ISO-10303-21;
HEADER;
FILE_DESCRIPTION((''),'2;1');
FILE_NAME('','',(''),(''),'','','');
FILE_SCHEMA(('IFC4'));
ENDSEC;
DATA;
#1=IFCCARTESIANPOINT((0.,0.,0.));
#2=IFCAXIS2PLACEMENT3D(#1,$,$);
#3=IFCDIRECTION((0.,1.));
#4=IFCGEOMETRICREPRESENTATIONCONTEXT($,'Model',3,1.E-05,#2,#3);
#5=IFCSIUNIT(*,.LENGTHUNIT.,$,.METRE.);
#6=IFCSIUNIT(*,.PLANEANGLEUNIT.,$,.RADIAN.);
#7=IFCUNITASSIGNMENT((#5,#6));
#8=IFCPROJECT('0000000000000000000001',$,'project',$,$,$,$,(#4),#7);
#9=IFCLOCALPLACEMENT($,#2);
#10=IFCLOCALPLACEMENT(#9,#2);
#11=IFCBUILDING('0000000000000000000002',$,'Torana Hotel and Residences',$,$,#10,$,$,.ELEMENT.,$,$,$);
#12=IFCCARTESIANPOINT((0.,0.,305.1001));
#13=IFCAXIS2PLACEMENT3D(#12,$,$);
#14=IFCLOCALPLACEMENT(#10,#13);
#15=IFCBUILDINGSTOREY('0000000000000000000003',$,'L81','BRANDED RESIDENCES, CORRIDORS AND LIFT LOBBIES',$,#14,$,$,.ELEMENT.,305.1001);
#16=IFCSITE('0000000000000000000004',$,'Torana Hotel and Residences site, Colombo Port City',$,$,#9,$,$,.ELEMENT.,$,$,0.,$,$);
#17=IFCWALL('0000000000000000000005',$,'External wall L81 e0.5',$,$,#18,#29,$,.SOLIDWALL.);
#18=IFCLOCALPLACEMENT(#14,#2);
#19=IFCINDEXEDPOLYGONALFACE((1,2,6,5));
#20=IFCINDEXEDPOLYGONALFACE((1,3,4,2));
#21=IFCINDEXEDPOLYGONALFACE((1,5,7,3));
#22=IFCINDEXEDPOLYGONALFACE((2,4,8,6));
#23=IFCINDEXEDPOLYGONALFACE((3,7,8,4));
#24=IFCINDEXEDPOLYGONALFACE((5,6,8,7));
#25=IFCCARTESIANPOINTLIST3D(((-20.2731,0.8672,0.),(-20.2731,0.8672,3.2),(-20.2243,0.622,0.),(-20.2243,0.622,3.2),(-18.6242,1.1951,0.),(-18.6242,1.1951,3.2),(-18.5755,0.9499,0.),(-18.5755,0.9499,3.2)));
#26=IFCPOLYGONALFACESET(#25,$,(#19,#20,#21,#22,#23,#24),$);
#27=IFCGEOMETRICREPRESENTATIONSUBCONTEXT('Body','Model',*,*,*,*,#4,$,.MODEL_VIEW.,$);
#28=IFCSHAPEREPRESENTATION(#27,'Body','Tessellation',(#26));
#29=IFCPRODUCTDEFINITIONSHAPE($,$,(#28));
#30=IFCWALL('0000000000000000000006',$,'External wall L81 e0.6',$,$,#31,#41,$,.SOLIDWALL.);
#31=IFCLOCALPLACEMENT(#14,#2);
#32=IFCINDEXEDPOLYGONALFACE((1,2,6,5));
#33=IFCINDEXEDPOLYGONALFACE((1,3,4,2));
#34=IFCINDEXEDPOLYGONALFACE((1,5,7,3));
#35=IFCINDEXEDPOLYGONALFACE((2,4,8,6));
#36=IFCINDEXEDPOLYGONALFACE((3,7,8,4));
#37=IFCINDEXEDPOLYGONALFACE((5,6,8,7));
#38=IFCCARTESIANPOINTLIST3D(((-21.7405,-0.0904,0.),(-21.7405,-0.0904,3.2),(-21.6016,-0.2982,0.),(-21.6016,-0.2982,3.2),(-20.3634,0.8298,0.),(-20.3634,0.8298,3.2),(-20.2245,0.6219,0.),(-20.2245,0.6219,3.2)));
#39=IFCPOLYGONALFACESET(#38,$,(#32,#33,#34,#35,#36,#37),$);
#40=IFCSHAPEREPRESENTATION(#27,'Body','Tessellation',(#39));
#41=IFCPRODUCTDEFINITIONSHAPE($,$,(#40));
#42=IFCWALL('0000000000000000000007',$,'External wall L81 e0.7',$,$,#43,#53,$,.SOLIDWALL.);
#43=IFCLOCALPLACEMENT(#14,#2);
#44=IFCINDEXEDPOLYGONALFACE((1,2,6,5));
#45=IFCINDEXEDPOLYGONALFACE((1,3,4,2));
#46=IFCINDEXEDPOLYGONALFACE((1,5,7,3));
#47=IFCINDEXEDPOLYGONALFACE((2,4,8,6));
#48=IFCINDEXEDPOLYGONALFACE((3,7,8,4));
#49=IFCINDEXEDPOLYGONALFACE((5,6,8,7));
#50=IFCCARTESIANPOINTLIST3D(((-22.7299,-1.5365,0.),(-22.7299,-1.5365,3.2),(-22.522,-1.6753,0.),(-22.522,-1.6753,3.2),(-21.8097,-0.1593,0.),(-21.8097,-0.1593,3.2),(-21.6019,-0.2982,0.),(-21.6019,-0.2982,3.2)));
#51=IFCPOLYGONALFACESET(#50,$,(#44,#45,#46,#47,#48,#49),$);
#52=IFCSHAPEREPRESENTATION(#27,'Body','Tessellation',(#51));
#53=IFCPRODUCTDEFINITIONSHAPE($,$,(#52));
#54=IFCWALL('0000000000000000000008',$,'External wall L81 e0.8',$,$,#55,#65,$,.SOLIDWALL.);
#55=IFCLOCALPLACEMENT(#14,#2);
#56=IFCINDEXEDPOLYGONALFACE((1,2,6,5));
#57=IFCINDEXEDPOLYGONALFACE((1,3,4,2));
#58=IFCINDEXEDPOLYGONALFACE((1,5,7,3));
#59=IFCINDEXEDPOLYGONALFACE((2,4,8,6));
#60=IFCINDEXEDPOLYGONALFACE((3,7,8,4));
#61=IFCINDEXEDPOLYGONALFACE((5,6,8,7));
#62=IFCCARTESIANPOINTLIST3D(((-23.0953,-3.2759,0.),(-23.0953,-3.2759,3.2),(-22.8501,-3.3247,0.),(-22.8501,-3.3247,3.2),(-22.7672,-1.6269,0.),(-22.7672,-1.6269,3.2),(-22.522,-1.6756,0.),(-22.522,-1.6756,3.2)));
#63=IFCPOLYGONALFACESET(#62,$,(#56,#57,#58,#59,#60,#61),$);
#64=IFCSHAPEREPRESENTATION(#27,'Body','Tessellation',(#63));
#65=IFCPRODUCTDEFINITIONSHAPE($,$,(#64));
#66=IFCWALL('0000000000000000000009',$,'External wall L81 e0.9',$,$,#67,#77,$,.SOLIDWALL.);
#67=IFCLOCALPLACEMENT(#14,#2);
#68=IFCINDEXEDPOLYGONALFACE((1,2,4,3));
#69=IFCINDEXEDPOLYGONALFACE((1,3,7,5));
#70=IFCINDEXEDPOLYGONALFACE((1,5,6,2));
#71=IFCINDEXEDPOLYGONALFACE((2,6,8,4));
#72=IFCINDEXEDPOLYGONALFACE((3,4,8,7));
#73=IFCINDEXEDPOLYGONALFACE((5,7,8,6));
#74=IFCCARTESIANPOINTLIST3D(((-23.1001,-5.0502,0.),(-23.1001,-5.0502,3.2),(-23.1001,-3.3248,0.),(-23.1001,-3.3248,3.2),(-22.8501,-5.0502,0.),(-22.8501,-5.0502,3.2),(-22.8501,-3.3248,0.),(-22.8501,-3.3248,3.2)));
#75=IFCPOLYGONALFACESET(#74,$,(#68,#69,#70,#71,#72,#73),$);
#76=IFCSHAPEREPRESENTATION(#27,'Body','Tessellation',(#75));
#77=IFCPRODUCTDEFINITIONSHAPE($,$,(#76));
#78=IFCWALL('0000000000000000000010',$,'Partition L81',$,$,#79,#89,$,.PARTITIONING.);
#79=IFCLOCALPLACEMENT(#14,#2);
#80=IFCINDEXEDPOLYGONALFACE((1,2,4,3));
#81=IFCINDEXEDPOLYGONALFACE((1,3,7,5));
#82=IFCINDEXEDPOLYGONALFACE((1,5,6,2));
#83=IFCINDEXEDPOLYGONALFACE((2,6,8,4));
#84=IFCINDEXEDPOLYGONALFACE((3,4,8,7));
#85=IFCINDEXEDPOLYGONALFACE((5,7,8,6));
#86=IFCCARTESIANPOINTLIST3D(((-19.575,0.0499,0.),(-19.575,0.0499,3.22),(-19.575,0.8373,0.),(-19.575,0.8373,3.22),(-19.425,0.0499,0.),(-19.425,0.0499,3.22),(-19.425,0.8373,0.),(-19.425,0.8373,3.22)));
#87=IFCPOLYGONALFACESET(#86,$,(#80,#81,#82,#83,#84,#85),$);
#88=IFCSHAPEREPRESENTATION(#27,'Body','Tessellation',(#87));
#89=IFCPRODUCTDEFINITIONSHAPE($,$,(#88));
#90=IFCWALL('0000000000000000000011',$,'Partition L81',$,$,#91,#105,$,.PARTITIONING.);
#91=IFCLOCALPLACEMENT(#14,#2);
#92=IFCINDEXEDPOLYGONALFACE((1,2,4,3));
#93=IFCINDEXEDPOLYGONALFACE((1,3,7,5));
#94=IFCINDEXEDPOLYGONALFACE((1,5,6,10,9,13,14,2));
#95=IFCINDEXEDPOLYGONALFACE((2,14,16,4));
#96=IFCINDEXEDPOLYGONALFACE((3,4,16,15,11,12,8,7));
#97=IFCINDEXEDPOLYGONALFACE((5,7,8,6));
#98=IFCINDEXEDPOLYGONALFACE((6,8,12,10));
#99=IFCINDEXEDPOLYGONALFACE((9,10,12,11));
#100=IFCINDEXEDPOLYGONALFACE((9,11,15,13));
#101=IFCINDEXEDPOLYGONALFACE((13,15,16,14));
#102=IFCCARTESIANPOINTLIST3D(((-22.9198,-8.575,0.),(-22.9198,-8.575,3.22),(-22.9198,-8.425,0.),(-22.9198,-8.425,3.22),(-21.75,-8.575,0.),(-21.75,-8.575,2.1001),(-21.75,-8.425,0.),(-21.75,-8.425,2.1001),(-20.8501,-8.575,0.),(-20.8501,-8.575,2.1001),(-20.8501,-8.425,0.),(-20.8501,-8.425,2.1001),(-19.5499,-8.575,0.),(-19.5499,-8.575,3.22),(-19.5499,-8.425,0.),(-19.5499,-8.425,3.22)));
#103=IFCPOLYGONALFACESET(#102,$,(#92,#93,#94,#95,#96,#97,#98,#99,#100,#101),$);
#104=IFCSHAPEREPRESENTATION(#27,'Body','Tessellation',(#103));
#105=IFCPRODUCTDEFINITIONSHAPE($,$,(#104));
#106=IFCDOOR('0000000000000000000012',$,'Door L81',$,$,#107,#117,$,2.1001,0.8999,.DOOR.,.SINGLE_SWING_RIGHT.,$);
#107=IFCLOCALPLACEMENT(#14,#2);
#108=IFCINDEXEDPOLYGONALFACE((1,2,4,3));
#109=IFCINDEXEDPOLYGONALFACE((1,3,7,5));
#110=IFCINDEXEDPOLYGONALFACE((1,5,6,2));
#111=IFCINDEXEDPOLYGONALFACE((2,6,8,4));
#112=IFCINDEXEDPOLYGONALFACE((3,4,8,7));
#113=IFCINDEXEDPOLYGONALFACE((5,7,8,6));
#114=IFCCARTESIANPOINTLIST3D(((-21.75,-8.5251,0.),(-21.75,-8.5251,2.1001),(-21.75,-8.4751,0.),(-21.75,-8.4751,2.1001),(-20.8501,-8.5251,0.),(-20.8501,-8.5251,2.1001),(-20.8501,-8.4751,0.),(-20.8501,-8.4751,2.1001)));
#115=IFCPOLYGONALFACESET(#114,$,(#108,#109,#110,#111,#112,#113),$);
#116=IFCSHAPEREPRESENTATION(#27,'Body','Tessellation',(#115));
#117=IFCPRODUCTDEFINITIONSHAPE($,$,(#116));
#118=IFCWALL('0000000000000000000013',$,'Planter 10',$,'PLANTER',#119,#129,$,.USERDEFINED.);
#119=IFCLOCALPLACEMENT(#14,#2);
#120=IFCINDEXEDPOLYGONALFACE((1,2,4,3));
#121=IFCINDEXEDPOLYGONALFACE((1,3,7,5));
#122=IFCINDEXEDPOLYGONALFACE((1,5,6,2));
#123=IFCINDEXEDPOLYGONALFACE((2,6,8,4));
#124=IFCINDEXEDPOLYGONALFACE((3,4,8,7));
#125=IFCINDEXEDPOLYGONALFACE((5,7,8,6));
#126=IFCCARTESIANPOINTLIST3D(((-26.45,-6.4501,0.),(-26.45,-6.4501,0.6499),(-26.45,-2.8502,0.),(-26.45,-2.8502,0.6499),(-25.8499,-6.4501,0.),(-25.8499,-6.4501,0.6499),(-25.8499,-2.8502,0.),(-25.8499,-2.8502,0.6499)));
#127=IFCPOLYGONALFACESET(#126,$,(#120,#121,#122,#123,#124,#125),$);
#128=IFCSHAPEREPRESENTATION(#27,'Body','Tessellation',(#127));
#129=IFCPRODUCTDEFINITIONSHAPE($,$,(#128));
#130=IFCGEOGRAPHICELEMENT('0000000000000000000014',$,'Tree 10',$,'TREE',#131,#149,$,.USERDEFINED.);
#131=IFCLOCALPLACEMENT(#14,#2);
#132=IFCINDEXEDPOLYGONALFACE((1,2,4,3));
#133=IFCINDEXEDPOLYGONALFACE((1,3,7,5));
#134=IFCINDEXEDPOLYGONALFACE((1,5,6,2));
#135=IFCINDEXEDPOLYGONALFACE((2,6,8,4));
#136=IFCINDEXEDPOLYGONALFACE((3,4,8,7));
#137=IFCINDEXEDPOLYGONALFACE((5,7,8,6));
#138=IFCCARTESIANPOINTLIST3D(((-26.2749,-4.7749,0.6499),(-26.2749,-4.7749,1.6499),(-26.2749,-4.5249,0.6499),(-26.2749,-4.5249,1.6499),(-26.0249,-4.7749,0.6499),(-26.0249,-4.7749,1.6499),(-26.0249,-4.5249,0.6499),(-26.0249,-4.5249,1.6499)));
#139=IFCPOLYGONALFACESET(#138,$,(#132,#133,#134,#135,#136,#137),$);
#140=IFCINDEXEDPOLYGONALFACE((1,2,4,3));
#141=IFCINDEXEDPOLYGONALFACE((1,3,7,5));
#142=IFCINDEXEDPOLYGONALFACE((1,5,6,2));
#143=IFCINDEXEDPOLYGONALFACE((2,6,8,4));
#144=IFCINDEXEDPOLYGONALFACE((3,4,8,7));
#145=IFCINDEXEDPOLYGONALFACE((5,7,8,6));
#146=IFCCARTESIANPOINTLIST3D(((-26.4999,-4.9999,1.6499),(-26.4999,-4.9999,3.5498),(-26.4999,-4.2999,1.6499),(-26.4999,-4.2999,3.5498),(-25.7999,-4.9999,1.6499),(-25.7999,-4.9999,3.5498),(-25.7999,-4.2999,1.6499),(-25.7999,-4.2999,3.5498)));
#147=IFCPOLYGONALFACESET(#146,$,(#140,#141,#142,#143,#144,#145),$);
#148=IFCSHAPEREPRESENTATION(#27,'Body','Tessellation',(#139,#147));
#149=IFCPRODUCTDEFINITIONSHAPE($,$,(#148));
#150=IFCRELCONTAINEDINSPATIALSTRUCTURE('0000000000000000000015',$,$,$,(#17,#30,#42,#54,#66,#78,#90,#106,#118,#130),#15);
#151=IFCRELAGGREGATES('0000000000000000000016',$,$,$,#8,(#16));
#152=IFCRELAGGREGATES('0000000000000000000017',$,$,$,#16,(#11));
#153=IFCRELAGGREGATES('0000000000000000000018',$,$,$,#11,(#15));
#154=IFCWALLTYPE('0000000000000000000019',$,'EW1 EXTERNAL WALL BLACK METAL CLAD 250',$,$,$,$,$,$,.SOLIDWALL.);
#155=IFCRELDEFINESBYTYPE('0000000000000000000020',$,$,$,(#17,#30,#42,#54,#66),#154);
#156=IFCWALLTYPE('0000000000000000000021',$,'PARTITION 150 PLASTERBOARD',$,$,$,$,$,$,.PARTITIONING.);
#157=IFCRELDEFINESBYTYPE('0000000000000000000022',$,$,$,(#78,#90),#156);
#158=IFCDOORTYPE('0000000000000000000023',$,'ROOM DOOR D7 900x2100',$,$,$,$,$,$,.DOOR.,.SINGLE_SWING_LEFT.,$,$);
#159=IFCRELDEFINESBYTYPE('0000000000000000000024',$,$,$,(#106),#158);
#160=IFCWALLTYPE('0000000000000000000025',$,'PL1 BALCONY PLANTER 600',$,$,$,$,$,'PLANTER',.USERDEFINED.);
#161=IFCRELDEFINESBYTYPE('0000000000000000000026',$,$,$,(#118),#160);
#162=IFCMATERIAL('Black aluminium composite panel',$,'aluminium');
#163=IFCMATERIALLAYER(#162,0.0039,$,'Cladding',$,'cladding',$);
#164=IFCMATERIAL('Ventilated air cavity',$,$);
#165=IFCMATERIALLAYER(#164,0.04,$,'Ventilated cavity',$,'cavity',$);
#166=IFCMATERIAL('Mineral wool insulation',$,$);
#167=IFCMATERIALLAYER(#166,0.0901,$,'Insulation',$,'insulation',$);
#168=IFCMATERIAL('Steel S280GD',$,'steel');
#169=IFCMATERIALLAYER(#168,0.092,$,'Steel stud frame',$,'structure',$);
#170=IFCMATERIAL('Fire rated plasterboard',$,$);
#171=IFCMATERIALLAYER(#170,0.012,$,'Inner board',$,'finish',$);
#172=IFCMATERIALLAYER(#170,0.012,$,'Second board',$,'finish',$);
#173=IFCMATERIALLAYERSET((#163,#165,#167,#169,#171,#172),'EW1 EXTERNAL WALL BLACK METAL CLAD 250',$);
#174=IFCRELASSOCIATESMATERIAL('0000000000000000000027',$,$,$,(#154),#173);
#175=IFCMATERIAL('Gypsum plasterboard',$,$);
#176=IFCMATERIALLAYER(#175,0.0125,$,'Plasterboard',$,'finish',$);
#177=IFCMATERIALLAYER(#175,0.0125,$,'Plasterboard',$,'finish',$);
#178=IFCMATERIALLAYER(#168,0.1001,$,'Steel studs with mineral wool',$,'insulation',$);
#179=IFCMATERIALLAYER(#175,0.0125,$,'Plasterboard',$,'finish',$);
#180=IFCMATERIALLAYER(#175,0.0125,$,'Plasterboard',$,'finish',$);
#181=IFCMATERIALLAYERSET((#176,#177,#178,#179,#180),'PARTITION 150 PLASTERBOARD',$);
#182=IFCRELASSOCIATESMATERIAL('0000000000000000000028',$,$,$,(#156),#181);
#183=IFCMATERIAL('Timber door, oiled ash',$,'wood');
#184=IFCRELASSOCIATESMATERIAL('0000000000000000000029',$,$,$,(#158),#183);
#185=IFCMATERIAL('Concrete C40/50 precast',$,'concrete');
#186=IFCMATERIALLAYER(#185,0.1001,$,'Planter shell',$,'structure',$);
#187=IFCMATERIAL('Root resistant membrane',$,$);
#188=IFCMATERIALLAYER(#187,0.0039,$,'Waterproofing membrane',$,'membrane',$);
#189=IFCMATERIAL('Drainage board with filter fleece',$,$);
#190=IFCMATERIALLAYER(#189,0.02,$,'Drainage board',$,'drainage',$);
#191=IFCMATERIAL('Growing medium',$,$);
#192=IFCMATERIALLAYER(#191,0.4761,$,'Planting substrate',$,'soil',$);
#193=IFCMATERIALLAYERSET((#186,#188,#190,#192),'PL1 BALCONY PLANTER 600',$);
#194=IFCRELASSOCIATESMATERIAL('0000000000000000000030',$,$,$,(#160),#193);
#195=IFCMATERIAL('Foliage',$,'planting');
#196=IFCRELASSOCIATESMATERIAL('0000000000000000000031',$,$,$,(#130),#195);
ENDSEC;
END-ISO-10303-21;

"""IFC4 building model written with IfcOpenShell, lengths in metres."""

from ifc_helpers import new_model, si_unit, direction, frame, frame_2d, origin, origin_2d, place, context, subcontext, project, spatial, rectangle, extrude, material, layer, layer_set, type_object, element, fill, save


model = new_model("IFC4")

# Units and contexts
model_context = context("Model", 3, precision=1e-05, world=origin(), true_north=direction((0.0, 1.0)))
body_context = subcontext(model_context, "Body", "Model", "MODEL_VIEW")
ifc_project = project(units=[si_unit("LENGTHUNIT", "METRE"), si_unit("PLANEANGLEUNIT", "RADIAN")], contexts=[model_context])

# Site, building, storey
site_placement = place(None, origin())
site = spatial("IfcSite", under=ifc_project, at=site_placement, Name="Torana Hotel and Residences site, Colombo Port City", CompositionType="ELEMENT", RefElevation=0.0)
building_placement = place(site_placement, origin())
building = spatial("IfcBuilding", under=site, at=building_placement, Name="Torana Hotel and Residences", CompositionType="ELEMENT")
storey_placement = place(building_placement, frame((0.0, 0.0, 305.1001)))
storey = spatial("IfcBuildingStorey", under=building, at=storey_placement, Name="L81", Description="BRANDED RESIDENCES, CORRIDORS AND LIFT LOBBIES", CompositionType="ELEMENT", Elevation=305.1001)

# Walls
ifc_material_1 = material(Name="Black aluminium composite panel", Category="aluminium")
ifc_layer_1 = layer(ifc_material_1, 0.0039, Name="Cladding", Category="cladding")
ifc_material_2 = material(Name="Ventilated air cavity")
ifc_layer_2 = layer(ifc_material_2, 0.04, Name="Ventilated cavity", Category="cavity")
ifc_material_3 = material(Name="Mineral wool insulation")
ifc_layer_3 = layer(ifc_material_3, 0.0901, Name="Insulation", Category="insulation")
ifc_material_4 = material(Name="Steel S280GD", Category="steel")
ifc_layer_4 = layer(ifc_material_4, 0.092, Name="Steel stud frame", Category="structure")
ifc_material_5 = material(Name="Fire rated plasterboard")
ifc_layer_5 = layer(ifc_material_5, 0.012, Name="Inner board", Category="finish")
ifc_layer_6 = layer(ifc_material_5, 0.012, Name="Second board", Category="finish")
ifc_layer_set_1 = layer_set([ifc_layer_1, ifc_layer_2, ifc_layer_3, ifc_layer_4, ifc_layer_5, ifc_layer_6], Name="EW1 EXTERNAL WALL BLACK METAL CLAD 250")
wall_type_1 = type_object("IfcWallType", Name="EW1 EXTERNAL WALL BLACK METAL CLAD 250", PredefinedType="SOLIDWALL", material=ifc_layer_set_1)
wall_1_placement = place(storey_placement, frame((-18.5999, 1.0725, 0.0), z_axis=(0.0, 0.0, 1.0), x_axis=(-0.980798, -0.195027, 0.0)))
element("IfcWall", 1, at=wall_1_placement, inside=storey, type_object=wall_type_1, Name="External wall L81 e0.5", PredefinedType="SOLIDWALL", context=body_context, shape_type="SweptSolid", body=[
    extrude(rectangle(XDim=1.6812, YDim=0.25, at=frame_2d((0.8406, 0.0))), origin(), (0.0, 0.0, 1.0), 3.2),
])
for number, where, z_axis, x_axis, name in (
    (2, (-20.2939, 0.7258, 0.0), (0.0, 0.0, 1.0), (-0.831483, -0.55555, 0.0), "External wall L81 e0.6"),
    (3, (-21.7058, -0.2288, 0.0), (0.0, 0.0, 1.0), (-0.55555, -0.831483, 0.0), "External wall L81 e0.7"),
):
    element("IfcWall", number, at=place(storey_placement, frame(where, z_axis=z_axis, x_axis=x_axis)), inside=storey, type_object=wall_type_1, Name=name, PredefinedType="SOLIDWALL", context=body_context, shape_type="SweptSolid", body=[
        extrude(rectangle(XDim=1.6562, YDim=0.25, at=frame_2d((0.8281, 0.0))), origin(), (0.0, 0.0, 1.0), 3.2),
    ])
wall_2_placement = place(storey_placement, frame((-22.6445, -1.6511, 0.0), z_axis=(0.0, 0.0, 1.0), x_axis=(-0.195139, -0.980776, 0.0)))
element("IfcWall", 4, at=wall_2_placement, inside=storey, type_object=wall_type_1, Name="External wall L81 e0.8", PredefinedType="SOLIDWALL", context=body_context, shape_type="SweptSolid", body=[
    extrude(rectangle(XDim=1.6814, YDim=0.25, at=frame_2d((0.8408, 0.0))), origin(), (0.0, 0.0, 1.0), 3.2),
])
wall_3_placement = place(storey_placement, frame((-22.9751, -3.3247, 0.0), z_axis=(0.0, 0.0, 1.0), x_axis=(0.0, -1.0, 0.0)))
element("IfcWall", 5, at=wall_3_placement, inside=storey, type_object=wall_type_1, Name="External wall L81 e0.9", PredefinedType="SOLIDWALL", context=body_context, shape_type="SweptSolid", body=[
    extrude(rectangle(XDim=1.7253, YDim=0.25, at=frame_2d((0.8628, 0.0))), origin(), (0.0, 0.0, 1.0), 3.2),
])

# Wall
ifc_material_6 = material(Name="Gypsum plasterboard")
ifc_layer_7 = layer(ifc_material_6, 0.0125, Name="Plasterboard", Category="finish")
ifc_layer_8 = layer(ifc_material_6, 0.0125, Name="Plasterboard", Category="finish")
ifc_layer_9 = layer(ifc_material_4, 0.1001, Name="Steel studs with mineral wool", Category="insulation")
ifc_layer_10 = layer(ifc_material_6, 0.0125, Name="Plasterboard", Category="finish")
ifc_layer_11 = layer(ifc_material_6, 0.0125, Name="Plasterboard", Category="finish")
ifc_layer_set_2 = layer_set([ifc_layer_7, ifc_layer_8, ifc_layer_9, ifc_layer_10, ifc_layer_11], Name="PARTITION 150 PLASTERBOARD")
wall_type_2 = type_object("IfcWallType", Name="PARTITION 150 PLASTERBOARD", PredefinedType="PARTITIONING", material=ifc_layer_set_2)
wall_4_placement = place(storey_placement, frame((-19.5, 0.05, 0.0), z_axis=(0.0, 0.0, 1.0), x_axis=(0.0, 1.0, 0.0)))
element("IfcWall", 6, at=wall_4_placement, inside=storey, type_object=wall_type_2, Name="Partition L81", PredefinedType="PARTITIONING", context=body_context, shape_type="SweptSolid", body=[
    extrude(rectangle(XDim=0.7874, YDim=0.1499, at=frame_2d((0.3936, 0.0))), origin(), (0.0, 0.0, 1.0), 3.22),
])

# Wall, opening, door
wall_5_placement = place(storey_placement, frame((-22.9199, -8.5, 0.0), z_axis=(0.0, 0.0, 1.0), x_axis=(1.0, 0.0, 0.0)))
wall_5 = element("IfcWall", 7, at=wall_5_placement, inside=storey, type_object=wall_type_2, Name="Partition L81", PredefinedType="PARTITIONING", context=body_context, shape_type="SweptSolid", body=[
    extrude(rectangle(XDim=3.3699, YDim=0.1499, at=frame_2d((1.6851, 0.0))), origin(), (0.0, 0.0, 1.0), 3.22),
])
opening_1_placement = place(wall_5_placement, frame((1.1699, 0.0, 0.0)))
opening_1 = element("IfcOpeningElement", 8, at=opening_1_placement, cuts=wall_5, PredefinedType="OPENING", context=body_context, shape_type="SweptSolid", body=[
    extrude(rectangle(XDim=0.8999, YDim=2.1001, at=frame_2d((0.45, 1.05))), frame((0.0, 0.085, 0.0), z_axis=(0.0, -1.0, 0.0), x_axis=(1.0, 0.0, 0.0)), (0.0, 0.0, 1.0), 0.1699),
])
ifc_material_7 = material(Name="Timber door, oiled ash", Category="wood")
door_type_1 = type_object("IfcDoorType", Name="ROOM DOOR D7 900x2100", OperationType="SINGLE_SWING_LEFT", PredefinedType="DOOR", material=ifc_material_7)
door_1_placement = place(opening_1_placement, origin())
door_1 = element("IfcDoor", 9, at=door_1_placement, inside=storey, type_object=door_type_1, Name="Door L81", OperationType="SINGLE_SWING_RIGHT", OverallHeight=2.1001, OverallWidth=0.8999, PredefinedType="DOOR", context=body_context, shape_type="SweptSolid", body=[
    extrude(rectangle(XDim=0.8999, YDim=2.1001, at=frame_2d((0.45, 1.05))), frame((0.0, 0.0249, 0.0), z_axis=(0.0, -1.0, 0.0), x_axis=(1.0, 0.0, 0.0)), (0.0, 0.0, 1.0), 0.05),
])
fill(opening_1, door_1)

# Wall
ifc_material_8 = material(Name="Concrete C40/50 precast", Category="concrete")
ifc_layer_12 = layer(ifc_material_8, 0.1001, Name="Planter shell", Category="structure")
ifc_material_9 = material(Name="Root resistant membrane")
ifc_layer_13 = layer(ifc_material_9, 0.0039, Name="Waterproofing membrane", Category="membrane")
ifc_material_10 = material(Name="Drainage board with filter fleece")
ifc_layer_14 = layer(ifc_material_10, 0.02, Name="Drainage board", Category="drainage")
ifc_material_11 = material(Name="Growing medium")
ifc_layer_15 = layer(ifc_material_11, 0.4761, Name="Planting substrate", Category="soil")
ifc_layer_set_3 = layer_set([ifc_layer_12, ifc_layer_13, ifc_layer_14, ifc_layer_15], Name="PL1 BALCONY PLANTER 600")
wall_type_3 = type_object("IfcWallType", Name="PL1 BALCONY PLANTER 600", ElementType="PLANTER", PredefinedType="USERDEFINED", material=ifc_layer_set_3)
wall_6_placement = place(storey_placement, frame((-26.1499, -6.45, 0.0), z_axis=(0.0, 0.0, 1.0), x_axis=(0.0, 1.0, 0.0)))
element("IfcWall", 10, at=wall_6_placement, inside=storey, type_object=wall_type_3, Name="Planter 10", ObjectType="PLANTER", PredefinedType="USERDEFINED", context=body_context, shape_type="SweptSolid", body=[
    extrude(rectangle(XDim=3.5999, YDim=0.6001, at=frame_2d((1.7998, 0.0))), origin(), (0.0, 0.0, 1.0), 0.6499),
])

# Geographic element
ifc_material_12 = material(Name="Foliage", Category="planting")
geographic_element_placement = place(storey_placement, frame((-26.1499, -4.6499, 0.6499), z_axis=(0.0, 0.0, 1.0), x_axis=(1.0, 0.0, 0.0)))
element("IfcGeographicElement", 11, at=geographic_element_placement, inside=storey, material=ifc_material_12, Name="Tree 10", ObjectType="TREE", PredefinedType="USERDEFINED", context=body_context, shape_type="SweptSolid", body=[
    extrude(rectangle(XDim=0.25, YDim=0.25, at=origin_2d()), origin(), (0.0, 0.0, 1.0), 1.0),
    extrude(rectangle(XDim=0.7, YDim=0.7, at=origin_2d()), frame((0.0, 0.0, 1.0)), (0.0, 0.0, 1.0), 1.8999),
])

save(model, "model.ifc")
